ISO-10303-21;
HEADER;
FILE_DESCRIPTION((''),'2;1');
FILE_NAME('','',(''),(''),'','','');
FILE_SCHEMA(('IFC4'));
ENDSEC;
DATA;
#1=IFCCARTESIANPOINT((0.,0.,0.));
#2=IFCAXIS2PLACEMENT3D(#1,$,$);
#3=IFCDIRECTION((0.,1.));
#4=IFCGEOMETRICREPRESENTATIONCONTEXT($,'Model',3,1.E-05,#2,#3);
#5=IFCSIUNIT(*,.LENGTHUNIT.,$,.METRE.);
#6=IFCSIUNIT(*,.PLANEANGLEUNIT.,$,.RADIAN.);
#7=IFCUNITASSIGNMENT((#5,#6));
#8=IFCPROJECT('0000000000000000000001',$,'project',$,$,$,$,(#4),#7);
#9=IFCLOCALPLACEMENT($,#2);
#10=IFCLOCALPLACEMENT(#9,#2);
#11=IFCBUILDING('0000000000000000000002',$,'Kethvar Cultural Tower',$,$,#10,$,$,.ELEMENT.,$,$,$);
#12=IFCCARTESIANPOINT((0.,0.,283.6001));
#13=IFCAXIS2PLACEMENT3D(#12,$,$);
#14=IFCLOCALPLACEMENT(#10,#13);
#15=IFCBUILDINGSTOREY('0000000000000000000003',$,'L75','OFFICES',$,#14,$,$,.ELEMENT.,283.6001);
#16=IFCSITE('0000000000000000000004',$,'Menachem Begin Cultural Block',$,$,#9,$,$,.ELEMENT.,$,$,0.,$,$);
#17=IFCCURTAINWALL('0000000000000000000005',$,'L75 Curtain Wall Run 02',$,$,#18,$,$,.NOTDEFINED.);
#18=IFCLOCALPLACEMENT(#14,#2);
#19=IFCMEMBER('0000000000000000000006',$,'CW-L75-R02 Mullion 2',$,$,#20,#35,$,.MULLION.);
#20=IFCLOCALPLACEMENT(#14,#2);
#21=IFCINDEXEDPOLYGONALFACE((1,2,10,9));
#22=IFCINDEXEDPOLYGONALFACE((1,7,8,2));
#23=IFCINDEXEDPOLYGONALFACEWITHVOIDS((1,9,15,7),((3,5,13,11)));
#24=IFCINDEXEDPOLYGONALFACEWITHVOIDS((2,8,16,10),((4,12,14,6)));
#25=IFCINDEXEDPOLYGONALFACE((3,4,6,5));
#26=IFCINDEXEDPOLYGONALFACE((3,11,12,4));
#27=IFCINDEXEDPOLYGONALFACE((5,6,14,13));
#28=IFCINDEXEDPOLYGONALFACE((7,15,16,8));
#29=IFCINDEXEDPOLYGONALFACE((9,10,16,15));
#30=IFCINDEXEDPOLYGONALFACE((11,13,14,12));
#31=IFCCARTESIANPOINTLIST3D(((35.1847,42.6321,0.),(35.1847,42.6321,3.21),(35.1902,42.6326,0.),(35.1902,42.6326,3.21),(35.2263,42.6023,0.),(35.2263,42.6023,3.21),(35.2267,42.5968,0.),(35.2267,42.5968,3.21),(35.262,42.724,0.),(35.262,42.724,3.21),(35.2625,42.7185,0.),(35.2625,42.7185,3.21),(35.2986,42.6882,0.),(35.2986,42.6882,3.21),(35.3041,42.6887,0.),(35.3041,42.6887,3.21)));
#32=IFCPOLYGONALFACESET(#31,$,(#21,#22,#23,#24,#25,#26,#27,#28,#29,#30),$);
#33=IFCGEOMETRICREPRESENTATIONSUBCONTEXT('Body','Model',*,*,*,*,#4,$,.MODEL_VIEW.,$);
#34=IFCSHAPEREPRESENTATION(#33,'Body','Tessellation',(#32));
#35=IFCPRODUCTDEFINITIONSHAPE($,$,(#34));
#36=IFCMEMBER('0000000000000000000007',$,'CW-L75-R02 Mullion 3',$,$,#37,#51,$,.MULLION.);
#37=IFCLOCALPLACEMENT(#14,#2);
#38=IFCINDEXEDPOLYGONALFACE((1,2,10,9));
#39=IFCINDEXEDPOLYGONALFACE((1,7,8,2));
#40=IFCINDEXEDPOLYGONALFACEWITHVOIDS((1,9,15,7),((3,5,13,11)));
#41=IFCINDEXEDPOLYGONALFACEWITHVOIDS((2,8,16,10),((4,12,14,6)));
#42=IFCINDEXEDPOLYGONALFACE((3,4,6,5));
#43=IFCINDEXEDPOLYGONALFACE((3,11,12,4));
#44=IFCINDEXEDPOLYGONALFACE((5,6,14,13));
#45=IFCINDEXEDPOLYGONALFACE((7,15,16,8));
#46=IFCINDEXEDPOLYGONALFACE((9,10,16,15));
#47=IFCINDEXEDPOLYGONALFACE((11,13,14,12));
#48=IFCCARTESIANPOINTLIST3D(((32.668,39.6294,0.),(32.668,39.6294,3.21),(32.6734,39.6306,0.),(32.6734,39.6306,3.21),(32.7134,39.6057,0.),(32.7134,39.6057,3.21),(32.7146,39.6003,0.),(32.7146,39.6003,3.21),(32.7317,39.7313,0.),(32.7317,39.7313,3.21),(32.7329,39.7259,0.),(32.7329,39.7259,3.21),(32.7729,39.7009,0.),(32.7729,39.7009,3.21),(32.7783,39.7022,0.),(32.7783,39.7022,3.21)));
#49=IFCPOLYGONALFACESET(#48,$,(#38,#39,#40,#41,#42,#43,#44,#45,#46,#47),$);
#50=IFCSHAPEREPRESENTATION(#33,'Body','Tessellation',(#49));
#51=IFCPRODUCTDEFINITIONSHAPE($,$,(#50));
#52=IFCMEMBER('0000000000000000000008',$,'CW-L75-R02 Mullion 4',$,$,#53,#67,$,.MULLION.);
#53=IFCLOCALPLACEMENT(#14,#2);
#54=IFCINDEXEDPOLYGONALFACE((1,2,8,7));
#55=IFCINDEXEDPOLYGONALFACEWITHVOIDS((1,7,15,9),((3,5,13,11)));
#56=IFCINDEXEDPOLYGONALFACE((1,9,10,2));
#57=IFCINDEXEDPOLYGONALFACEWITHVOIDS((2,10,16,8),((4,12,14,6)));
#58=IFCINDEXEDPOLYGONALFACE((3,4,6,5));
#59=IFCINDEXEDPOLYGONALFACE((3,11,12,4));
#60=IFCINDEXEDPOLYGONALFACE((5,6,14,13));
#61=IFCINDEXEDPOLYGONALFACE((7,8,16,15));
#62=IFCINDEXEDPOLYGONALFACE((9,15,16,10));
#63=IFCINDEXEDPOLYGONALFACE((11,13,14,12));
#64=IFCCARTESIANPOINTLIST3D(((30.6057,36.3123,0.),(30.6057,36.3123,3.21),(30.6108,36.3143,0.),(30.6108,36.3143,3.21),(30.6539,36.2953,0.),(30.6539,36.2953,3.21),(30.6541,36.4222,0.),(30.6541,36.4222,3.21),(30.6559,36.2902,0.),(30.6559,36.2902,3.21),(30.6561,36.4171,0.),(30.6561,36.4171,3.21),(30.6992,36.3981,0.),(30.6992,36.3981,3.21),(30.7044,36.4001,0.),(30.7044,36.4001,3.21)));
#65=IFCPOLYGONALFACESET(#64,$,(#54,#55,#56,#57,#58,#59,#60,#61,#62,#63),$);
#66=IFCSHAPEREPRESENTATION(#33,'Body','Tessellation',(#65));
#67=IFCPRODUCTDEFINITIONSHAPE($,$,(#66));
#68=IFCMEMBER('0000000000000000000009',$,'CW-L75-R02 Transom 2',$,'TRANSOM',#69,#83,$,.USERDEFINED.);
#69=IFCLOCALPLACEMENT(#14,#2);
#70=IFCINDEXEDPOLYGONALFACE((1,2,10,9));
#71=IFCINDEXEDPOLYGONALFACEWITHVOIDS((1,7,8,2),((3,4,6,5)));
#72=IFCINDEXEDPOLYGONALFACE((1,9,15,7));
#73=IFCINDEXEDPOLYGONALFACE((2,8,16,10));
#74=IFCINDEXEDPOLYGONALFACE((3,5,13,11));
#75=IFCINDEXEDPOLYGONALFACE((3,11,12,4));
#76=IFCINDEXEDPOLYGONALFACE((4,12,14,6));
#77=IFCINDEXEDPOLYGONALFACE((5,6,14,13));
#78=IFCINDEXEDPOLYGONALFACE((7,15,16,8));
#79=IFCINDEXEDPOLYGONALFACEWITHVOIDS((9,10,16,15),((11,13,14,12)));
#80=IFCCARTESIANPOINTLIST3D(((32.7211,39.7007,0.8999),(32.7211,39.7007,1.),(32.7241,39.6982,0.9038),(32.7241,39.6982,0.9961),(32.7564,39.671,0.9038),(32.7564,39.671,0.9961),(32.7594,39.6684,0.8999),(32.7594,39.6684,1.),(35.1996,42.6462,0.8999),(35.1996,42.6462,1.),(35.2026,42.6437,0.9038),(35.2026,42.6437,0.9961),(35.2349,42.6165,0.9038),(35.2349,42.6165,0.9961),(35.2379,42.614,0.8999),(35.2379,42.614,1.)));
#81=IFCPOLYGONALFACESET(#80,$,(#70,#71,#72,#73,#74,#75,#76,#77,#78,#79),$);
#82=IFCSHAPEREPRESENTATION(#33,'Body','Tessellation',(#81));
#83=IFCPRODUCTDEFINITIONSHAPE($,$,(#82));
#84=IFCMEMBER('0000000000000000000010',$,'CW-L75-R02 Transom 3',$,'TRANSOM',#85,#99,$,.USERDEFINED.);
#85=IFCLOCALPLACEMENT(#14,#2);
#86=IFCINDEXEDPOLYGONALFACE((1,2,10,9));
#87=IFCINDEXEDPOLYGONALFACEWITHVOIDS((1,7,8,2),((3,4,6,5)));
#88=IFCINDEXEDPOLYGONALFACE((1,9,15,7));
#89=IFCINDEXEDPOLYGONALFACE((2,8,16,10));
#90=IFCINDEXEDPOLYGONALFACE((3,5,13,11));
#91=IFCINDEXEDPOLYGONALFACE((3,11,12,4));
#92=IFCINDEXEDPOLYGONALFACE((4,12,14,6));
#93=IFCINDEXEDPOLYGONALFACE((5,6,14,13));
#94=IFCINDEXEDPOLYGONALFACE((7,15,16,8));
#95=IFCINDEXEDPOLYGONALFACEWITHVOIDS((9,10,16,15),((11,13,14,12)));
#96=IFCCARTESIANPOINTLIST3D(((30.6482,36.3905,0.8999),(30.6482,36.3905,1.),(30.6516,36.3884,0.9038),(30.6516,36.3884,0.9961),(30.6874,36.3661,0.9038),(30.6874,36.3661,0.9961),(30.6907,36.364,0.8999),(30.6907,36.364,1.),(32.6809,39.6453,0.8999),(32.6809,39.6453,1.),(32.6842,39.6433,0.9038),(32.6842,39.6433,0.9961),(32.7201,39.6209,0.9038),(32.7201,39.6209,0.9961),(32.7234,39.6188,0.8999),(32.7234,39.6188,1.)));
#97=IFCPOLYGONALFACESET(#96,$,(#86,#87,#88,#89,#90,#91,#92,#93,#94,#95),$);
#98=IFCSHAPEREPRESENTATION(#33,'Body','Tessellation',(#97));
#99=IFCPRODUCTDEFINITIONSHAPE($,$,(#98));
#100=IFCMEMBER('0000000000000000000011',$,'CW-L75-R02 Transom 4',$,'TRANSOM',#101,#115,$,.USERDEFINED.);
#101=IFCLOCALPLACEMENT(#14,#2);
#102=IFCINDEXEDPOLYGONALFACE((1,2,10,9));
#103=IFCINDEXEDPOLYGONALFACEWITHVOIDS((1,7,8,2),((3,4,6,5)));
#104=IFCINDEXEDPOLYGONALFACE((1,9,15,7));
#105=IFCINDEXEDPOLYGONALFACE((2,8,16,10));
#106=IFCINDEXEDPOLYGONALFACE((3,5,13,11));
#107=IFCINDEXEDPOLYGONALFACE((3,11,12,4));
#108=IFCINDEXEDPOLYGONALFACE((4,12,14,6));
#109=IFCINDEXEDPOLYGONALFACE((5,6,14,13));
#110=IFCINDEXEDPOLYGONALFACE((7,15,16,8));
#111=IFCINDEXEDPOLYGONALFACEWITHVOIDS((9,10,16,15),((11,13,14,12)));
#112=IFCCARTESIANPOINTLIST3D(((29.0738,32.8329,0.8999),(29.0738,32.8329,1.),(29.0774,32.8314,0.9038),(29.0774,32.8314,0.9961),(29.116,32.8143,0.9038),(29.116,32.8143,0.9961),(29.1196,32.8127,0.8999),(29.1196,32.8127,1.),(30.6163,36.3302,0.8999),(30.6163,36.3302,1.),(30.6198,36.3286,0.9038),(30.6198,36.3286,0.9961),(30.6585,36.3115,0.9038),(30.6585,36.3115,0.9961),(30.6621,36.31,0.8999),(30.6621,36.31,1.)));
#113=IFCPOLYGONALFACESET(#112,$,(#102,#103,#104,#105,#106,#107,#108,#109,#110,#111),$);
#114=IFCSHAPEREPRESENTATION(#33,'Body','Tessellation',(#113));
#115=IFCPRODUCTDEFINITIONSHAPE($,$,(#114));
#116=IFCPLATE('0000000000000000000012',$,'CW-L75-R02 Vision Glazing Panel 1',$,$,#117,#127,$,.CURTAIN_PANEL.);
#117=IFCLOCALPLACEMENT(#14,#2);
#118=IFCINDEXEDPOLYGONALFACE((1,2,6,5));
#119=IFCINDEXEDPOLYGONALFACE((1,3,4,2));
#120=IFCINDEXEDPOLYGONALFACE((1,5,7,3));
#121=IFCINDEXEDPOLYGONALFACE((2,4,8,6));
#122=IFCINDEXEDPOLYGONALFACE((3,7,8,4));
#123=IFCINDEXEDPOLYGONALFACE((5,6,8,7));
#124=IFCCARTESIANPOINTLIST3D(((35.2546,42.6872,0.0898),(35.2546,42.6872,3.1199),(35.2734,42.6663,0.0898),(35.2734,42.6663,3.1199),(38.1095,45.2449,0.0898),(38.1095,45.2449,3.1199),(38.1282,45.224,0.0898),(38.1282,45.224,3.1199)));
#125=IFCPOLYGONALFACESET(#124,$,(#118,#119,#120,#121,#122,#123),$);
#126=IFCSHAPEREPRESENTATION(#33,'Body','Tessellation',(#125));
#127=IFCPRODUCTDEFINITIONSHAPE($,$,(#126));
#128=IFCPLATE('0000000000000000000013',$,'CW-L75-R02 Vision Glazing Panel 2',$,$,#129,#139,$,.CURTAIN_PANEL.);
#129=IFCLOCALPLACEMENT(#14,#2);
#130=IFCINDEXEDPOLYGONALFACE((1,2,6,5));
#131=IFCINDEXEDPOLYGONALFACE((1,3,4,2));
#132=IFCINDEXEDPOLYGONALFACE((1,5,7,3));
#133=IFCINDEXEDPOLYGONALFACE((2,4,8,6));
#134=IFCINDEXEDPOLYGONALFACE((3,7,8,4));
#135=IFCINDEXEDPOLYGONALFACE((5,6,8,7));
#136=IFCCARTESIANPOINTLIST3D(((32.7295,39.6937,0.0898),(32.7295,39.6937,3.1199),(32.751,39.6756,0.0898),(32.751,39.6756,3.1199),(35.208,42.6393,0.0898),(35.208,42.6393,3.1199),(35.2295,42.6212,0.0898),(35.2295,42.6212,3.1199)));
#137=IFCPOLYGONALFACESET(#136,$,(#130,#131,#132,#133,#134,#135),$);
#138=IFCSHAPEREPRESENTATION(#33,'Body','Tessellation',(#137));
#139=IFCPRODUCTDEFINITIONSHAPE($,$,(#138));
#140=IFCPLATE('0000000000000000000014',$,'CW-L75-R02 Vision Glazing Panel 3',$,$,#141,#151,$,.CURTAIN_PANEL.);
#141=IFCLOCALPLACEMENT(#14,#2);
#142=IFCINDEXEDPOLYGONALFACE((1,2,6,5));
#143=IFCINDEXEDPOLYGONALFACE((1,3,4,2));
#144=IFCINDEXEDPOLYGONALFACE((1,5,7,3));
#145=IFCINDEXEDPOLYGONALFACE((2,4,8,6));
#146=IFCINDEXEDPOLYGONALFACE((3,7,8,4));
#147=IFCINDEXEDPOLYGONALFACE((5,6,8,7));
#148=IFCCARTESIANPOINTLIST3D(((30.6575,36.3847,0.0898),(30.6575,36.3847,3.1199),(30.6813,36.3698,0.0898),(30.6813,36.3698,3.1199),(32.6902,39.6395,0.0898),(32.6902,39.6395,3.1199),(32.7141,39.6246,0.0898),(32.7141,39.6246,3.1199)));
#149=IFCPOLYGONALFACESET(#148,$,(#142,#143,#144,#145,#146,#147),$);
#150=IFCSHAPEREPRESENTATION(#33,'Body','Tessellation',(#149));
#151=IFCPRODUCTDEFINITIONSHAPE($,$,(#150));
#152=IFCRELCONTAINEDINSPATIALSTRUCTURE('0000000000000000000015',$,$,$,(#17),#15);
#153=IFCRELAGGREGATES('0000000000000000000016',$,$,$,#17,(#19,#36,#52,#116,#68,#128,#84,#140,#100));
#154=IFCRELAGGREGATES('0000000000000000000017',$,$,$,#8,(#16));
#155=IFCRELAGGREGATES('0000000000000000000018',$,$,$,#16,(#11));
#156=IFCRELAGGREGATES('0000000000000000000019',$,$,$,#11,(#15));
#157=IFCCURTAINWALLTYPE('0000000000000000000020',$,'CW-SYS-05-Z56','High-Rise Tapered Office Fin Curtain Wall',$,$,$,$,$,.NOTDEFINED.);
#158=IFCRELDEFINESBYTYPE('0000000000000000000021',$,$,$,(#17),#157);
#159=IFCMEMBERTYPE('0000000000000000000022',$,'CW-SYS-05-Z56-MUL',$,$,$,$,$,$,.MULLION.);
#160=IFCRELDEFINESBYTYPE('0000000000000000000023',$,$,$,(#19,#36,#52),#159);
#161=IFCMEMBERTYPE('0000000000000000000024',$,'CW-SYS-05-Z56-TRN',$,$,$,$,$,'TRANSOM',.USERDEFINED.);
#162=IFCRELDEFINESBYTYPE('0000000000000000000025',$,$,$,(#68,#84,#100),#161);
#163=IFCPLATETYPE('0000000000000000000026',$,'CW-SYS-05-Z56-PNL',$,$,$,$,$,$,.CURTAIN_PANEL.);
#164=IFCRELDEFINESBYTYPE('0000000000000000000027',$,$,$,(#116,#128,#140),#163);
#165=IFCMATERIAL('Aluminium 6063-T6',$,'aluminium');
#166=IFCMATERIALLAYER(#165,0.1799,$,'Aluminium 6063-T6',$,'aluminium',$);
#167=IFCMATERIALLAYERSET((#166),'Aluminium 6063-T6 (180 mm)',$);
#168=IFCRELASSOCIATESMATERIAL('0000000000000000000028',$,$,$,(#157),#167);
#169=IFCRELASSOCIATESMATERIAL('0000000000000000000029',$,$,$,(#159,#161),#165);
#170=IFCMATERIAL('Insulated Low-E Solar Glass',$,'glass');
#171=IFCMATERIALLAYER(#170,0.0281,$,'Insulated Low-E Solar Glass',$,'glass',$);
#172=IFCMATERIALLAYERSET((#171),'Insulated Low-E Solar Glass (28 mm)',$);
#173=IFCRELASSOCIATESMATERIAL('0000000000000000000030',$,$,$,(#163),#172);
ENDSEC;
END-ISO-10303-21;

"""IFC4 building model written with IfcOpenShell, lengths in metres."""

from ifc_helpers import new_model, si_unit, direction, frame, origin, origin_2d, place, context, subcontext, project, spatial, rectangle, hollow_rectangle, extrude, source, transform, mapped, material, layer, layer_set, material_profile, profile_set, type_object, element, aggregate, save


model = new_model("IFC4")

# Units and contexts
model_context = context("Model", 3, precision=1e-05, world=origin(), true_north=direction((0.0, 1.0)))
body_context = subcontext(model_context, "Body", "Model", "MODEL_VIEW")
ifc_project = project(units=[si_unit("LENGTHUNIT", "METRE"), si_unit("PLANEANGLEUNIT", "RADIAN")], contexts=[model_context])

# Site, building, storey
site_placement = place(None, origin())
site = spatial("IfcSite", under=ifc_project, at=site_placement, Name="Menachem Begin Cultural Block", CompositionType="ELEMENT", RefElevation=0.0)
building_placement = place(site_placement, origin())
building = spatial("IfcBuilding", under=site, at=building_placement, Name="Kethvar Cultural Tower", CompositionType="ELEMENT")
storey_placement = place(building_placement, frame((0.0, 0.0, 283.6001)))
storey = spatial("IfcBuildingStorey", under=building, at=storey_placement, Name="L75", Description="OFFICES", CompositionType="ELEMENT", Elevation=283.6001)

# Curtain wall, members, plates
ifc_material_1 = material(Name="Aluminium 6063-T6", Category="aluminium")
ifc_layer_1 = layer(ifc_material_1, 0.1799, Name="Aluminium 6063-T6", Category="aluminium")
ifc_layer_set_1 = layer_set([ifc_layer_1], Name="Aluminium 6063-T6 (180 mm)")
curtain_wall_type = type_object("IfcCurtainWallType", Name="CW-SYS-05-Z56", Description="High-Rise Tapered Office Fin Curtain Wall", PredefinedType="NOTDEFINED", material=ifc_layer_set_1)
curtain_wall_placement = place(storey_placement, origin())
curtain_wall = element("IfcCurtainWall", 1, at=curtain_wall_placement, inside=storey, type_object=curtain_wall_type, Name="L75 Curtain Wall Run 02", PredefinedType="NOTDEFINED")
ifc_material_profile_1 = material_profile(ifc_material_1, hollow_rectangle(XDim=0.0549, YDim=0.1201, WallThickness=0.0039, at=origin_2d()), Name="Aluminium 6063-T6 — RHS120x55x4")
ifc_profile_set_1 = profile_set([ifc_material_profile_1], Name="Aluminium 6063-T6 — RHS120x55x4")
member_type_1 = type_object("IfcMemberType", Name="CW-SYS-05-Z56-MUL", PredefinedType="MULLION", material=ifc_profile_set_1)
shared_shape_1 = source(origin(), body_context, "Body", "SweptSolid", [
    extrude(hollow_rectangle(XDim=0.0549, YDim=0.1201, WallThickness=0.0039, at=origin_2d()), origin(), (0.0, 0.0, 1.0), 3.21),
])
member_1_placement = place(storey_placement, frame((35.2444, 42.6604, 0.0), z_axis=(0.0, 0.0, 1.0), x_axis=(0.765169, -0.64383, 0.0)))
member_1 = element("IfcMember", 2, at=member_1_placement, type_object=member_type_1, Name="CW-L75-R02 Mullion 2", PredefinedType="MULLION", context=body_context, shape_type="MappedRepresentation", body=[
    mapped(shared_shape_1, transform((0.0, 0.0, 0.0), scale=1.0)),
])
member_2_placement = place(storey_placement, frame((32.7231, 39.6658, 0.0), z_axis=(0.0, 0.0, 1.0), x_axis=(0.848178, -0.529712, 0.0)))
member_2 = element("IfcMember", 3, at=member_2_placement, type_object=member_type_1, Name="CW-L75-R02 Mullion 3", PredefinedType="MULLION", context=body_context, shape_type="MappedRepresentation", body=[
    mapped(shared_shape_1, transform((0.0, 0.0, 0.0), scale=1.0)),
])
member_3_placement = place(storey_placement, frame((30.655, 36.3562, 0.0), z_axis=(0.0, 0.0, 1.0), x_axis=(0.914974, -0.403513, 0.0)))
member_3 = element("IfcMember", 4, at=member_3_placement, type_object=member_type_1, Name="CW-L75-R02 Mullion 4", PredefinedType="MULLION", context=body_context, shape_type="MappedRepresentation", body=[
    mapped(shared_shape_1, transform((0.0, 0.0, 0.0), scale=1.0)),
])
ifc_material_profile_2 = material_profile(ifc_material_1, hollow_rectangle(XDim=0.05, YDim=0.1001, WallThickness=0.0039, at=origin_2d()), Name="Aluminium 6063-T6 — RHS100x50x4")
ifc_profile_set_2 = profile_set([ifc_material_profile_2], Name="Aluminium 6063-T6 — RHS100x50x4")
member_type_2 = type_object("IfcMemberType", Name="CW-SYS-05-Z56-TRN", ElementType="TRANSOM", PredefinedType="USERDEFINED", material=ifc_profile_set_2)
shared_shape_2 = source(origin(), body_context, "Body", "SweptSolid", [
    extrude(hollow_rectangle(XDim=0.05, YDim=0.1001, WallThickness=0.0039, at=origin_2d()), origin(), (0.0, 0.0, 1.0), 3.8496),
])
member_4_placement = place(storey_placement, frame((35.2188, 42.6301, 0.95), z_axis=(-0.643839, -0.765161, 0.0), x_axis=(0.765161, -0.643839, 0.0)))
member_4 = element("IfcMember", 5, at=member_4_placement, type_object=member_type_2, Name="CW-L75-R02 Transom 2", ObjectType="TRANSOM", PredefinedType="USERDEFINED", context=body_context, shape_type="MappedRepresentation", body=[
    mapped(shared_shape_2, transform((0.0, 0.0, 0.0), scale=1.0)),
])
shared_shape_3 = source(origin(), body_context, "Body", "SweptSolid", [
    extrude(hollow_rectangle(XDim=0.05, YDim=0.1001, WallThickness=0.0039, at=origin_2d()), origin(), (0.0, 0.0, 1.0), 3.8374),
])
member_5_placement = place(storey_placement, frame((32.7021, 39.6321, 0.95), z_axis=(-0.529702, -0.848184, 0.0), x_axis=(0.848184, -0.529702, 0.0)))
member_5 = element("IfcMember", 6, at=member_5_placement, type_object=member_type_2, Name="CW-L75-R02 Transom 3", ObjectType="TRANSOM", PredefinedType="USERDEFINED", context=body_context, shape_type="MappedRepresentation", body=[
    mapped(shared_shape_3, transform((0.0, 0.0, 0.0), scale=1.0)),
])
shared_shape_4 = source(origin(), body_context, "Body", "SweptSolid", [
    extrude(hollow_rectangle(XDim=0.05, YDim=0.1001, WallThickness=0.0039, at=origin_2d()), origin(), (0.0, 0.0, 1.0), 3.8223),
])
member_6_placement = place(storey_placement, frame((30.6392, 36.3201, 0.95), z_axis=(-0.403541, -0.914962, 0.0), x_axis=(0.914962, -0.403541, 0.0)))
member_6 = element("IfcMember", 7, at=member_6_placement, type_object=member_type_2, Name="CW-L75-R02 Transom 4", ObjectType="TRANSOM", PredefinedType="USERDEFINED", context=body_context, shape_type="MappedRepresentation", body=[
    mapped(shared_shape_4, transform((0.0, 0.0, 0.0), scale=1.0)),
])
ifc_material_2 = material(Name="Insulated Low-E Solar Glass", Category="glass")
ifc_layer_2 = layer(ifc_material_2, 0.0281, Name="Insulated Low-E Solar Glass", Category="glass")
ifc_layer_set_2 = layer_set([ifc_layer_2], Name="Insulated Low-E Solar Glass (28 mm)")
plate_type = type_object("IfcPlateType", Name="CW-SYS-05-Z56-PNL", PredefinedType="CURTAIN_PANEL", material=ifc_layer_set_2)
shared_shape_5 = source(origin(), body_context, "Body", "SweptSolid", [
    extrude(rectangle(XDim=3.833, YDim=0.0281, at=origin_2d()), origin(), (0.0, 0.0, 1.0), 3.03),
])
plate_1_placement = place(storey_placement, frame((36.6914, 43.9556, 0.0898), z_axis=(0.0, 0.0, 1.0), x_axis=(-0.744801, -0.667287, 0.0)))
plate_1 = element("IfcPlate", 8, at=plate_1_placement, type_object=plate_type, Name="CW-L75-R02 Vision Glazing Panel 1", PredefinedType="CURTAIN_PANEL", context=body_context, shape_type="MappedRepresentation", body=[
    mapped(shared_shape_5, transform((0.0, 0.0, 0.0), scale=1.0)),
])
shared_shape_6 = source(origin(), body_context, "Body", "SweptSolid", [
    extrude(rectangle(XDim=3.8496, YDim=0.0281, at=origin_2d()), origin(), (0.0, 0.0, 1.0), 3.03),
])
plate_2_placement = place(storey_placement, frame((33.9795, 41.1575, 0.0898), z_axis=(0.0, 0.0, 1.0), x_axis=(-0.64383, -0.765169, 0.0)))
plate_2 = element("IfcPlate", 9, at=plate_2_placement, type_object=plate_type, Name="CW-L75-R02 Vision Glazing Panel 2", PredefinedType="CURTAIN_PANEL", context=body_context, shape_type="MappedRepresentation", body=[
    mapped(shared_shape_6, transform((0.0, 0.0, 0.0), scale=1.0)),
])
shared_shape_7 = source(origin(), body_context, "Body", "SweptSolid", [
    extrude(rectangle(XDim=3.8374, YDim=0.0281, at=origin_2d()), origin(), (0.0, 0.0, 1.0), 3.03),
])
plate_3_placement = place(storey_placement, frame((31.6858, 38.0046, 0.0898), z_axis=(0.0, 0.0, 1.0), x_axis=(-0.529712, -0.848178, 0.0)))
plate_3 = element("IfcPlate", 10, at=plate_3_placement, type_object=plate_type, Name="CW-L75-R02 Vision Glazing Panel 3", PredefinedType="CURTAIN_PANEL", context=body_context, shape_type="MappedRepresentation", body=[
    mapped(shared_shape_7, transform((0.0, 0.0, 0.0), scale=1.0)),
])
aggregate(curtain_wall, [member_1, member_2, member_3, plate_1, member_4, plate_2, member_5, plate_3, member_6])

save(model, "model.ifc")
